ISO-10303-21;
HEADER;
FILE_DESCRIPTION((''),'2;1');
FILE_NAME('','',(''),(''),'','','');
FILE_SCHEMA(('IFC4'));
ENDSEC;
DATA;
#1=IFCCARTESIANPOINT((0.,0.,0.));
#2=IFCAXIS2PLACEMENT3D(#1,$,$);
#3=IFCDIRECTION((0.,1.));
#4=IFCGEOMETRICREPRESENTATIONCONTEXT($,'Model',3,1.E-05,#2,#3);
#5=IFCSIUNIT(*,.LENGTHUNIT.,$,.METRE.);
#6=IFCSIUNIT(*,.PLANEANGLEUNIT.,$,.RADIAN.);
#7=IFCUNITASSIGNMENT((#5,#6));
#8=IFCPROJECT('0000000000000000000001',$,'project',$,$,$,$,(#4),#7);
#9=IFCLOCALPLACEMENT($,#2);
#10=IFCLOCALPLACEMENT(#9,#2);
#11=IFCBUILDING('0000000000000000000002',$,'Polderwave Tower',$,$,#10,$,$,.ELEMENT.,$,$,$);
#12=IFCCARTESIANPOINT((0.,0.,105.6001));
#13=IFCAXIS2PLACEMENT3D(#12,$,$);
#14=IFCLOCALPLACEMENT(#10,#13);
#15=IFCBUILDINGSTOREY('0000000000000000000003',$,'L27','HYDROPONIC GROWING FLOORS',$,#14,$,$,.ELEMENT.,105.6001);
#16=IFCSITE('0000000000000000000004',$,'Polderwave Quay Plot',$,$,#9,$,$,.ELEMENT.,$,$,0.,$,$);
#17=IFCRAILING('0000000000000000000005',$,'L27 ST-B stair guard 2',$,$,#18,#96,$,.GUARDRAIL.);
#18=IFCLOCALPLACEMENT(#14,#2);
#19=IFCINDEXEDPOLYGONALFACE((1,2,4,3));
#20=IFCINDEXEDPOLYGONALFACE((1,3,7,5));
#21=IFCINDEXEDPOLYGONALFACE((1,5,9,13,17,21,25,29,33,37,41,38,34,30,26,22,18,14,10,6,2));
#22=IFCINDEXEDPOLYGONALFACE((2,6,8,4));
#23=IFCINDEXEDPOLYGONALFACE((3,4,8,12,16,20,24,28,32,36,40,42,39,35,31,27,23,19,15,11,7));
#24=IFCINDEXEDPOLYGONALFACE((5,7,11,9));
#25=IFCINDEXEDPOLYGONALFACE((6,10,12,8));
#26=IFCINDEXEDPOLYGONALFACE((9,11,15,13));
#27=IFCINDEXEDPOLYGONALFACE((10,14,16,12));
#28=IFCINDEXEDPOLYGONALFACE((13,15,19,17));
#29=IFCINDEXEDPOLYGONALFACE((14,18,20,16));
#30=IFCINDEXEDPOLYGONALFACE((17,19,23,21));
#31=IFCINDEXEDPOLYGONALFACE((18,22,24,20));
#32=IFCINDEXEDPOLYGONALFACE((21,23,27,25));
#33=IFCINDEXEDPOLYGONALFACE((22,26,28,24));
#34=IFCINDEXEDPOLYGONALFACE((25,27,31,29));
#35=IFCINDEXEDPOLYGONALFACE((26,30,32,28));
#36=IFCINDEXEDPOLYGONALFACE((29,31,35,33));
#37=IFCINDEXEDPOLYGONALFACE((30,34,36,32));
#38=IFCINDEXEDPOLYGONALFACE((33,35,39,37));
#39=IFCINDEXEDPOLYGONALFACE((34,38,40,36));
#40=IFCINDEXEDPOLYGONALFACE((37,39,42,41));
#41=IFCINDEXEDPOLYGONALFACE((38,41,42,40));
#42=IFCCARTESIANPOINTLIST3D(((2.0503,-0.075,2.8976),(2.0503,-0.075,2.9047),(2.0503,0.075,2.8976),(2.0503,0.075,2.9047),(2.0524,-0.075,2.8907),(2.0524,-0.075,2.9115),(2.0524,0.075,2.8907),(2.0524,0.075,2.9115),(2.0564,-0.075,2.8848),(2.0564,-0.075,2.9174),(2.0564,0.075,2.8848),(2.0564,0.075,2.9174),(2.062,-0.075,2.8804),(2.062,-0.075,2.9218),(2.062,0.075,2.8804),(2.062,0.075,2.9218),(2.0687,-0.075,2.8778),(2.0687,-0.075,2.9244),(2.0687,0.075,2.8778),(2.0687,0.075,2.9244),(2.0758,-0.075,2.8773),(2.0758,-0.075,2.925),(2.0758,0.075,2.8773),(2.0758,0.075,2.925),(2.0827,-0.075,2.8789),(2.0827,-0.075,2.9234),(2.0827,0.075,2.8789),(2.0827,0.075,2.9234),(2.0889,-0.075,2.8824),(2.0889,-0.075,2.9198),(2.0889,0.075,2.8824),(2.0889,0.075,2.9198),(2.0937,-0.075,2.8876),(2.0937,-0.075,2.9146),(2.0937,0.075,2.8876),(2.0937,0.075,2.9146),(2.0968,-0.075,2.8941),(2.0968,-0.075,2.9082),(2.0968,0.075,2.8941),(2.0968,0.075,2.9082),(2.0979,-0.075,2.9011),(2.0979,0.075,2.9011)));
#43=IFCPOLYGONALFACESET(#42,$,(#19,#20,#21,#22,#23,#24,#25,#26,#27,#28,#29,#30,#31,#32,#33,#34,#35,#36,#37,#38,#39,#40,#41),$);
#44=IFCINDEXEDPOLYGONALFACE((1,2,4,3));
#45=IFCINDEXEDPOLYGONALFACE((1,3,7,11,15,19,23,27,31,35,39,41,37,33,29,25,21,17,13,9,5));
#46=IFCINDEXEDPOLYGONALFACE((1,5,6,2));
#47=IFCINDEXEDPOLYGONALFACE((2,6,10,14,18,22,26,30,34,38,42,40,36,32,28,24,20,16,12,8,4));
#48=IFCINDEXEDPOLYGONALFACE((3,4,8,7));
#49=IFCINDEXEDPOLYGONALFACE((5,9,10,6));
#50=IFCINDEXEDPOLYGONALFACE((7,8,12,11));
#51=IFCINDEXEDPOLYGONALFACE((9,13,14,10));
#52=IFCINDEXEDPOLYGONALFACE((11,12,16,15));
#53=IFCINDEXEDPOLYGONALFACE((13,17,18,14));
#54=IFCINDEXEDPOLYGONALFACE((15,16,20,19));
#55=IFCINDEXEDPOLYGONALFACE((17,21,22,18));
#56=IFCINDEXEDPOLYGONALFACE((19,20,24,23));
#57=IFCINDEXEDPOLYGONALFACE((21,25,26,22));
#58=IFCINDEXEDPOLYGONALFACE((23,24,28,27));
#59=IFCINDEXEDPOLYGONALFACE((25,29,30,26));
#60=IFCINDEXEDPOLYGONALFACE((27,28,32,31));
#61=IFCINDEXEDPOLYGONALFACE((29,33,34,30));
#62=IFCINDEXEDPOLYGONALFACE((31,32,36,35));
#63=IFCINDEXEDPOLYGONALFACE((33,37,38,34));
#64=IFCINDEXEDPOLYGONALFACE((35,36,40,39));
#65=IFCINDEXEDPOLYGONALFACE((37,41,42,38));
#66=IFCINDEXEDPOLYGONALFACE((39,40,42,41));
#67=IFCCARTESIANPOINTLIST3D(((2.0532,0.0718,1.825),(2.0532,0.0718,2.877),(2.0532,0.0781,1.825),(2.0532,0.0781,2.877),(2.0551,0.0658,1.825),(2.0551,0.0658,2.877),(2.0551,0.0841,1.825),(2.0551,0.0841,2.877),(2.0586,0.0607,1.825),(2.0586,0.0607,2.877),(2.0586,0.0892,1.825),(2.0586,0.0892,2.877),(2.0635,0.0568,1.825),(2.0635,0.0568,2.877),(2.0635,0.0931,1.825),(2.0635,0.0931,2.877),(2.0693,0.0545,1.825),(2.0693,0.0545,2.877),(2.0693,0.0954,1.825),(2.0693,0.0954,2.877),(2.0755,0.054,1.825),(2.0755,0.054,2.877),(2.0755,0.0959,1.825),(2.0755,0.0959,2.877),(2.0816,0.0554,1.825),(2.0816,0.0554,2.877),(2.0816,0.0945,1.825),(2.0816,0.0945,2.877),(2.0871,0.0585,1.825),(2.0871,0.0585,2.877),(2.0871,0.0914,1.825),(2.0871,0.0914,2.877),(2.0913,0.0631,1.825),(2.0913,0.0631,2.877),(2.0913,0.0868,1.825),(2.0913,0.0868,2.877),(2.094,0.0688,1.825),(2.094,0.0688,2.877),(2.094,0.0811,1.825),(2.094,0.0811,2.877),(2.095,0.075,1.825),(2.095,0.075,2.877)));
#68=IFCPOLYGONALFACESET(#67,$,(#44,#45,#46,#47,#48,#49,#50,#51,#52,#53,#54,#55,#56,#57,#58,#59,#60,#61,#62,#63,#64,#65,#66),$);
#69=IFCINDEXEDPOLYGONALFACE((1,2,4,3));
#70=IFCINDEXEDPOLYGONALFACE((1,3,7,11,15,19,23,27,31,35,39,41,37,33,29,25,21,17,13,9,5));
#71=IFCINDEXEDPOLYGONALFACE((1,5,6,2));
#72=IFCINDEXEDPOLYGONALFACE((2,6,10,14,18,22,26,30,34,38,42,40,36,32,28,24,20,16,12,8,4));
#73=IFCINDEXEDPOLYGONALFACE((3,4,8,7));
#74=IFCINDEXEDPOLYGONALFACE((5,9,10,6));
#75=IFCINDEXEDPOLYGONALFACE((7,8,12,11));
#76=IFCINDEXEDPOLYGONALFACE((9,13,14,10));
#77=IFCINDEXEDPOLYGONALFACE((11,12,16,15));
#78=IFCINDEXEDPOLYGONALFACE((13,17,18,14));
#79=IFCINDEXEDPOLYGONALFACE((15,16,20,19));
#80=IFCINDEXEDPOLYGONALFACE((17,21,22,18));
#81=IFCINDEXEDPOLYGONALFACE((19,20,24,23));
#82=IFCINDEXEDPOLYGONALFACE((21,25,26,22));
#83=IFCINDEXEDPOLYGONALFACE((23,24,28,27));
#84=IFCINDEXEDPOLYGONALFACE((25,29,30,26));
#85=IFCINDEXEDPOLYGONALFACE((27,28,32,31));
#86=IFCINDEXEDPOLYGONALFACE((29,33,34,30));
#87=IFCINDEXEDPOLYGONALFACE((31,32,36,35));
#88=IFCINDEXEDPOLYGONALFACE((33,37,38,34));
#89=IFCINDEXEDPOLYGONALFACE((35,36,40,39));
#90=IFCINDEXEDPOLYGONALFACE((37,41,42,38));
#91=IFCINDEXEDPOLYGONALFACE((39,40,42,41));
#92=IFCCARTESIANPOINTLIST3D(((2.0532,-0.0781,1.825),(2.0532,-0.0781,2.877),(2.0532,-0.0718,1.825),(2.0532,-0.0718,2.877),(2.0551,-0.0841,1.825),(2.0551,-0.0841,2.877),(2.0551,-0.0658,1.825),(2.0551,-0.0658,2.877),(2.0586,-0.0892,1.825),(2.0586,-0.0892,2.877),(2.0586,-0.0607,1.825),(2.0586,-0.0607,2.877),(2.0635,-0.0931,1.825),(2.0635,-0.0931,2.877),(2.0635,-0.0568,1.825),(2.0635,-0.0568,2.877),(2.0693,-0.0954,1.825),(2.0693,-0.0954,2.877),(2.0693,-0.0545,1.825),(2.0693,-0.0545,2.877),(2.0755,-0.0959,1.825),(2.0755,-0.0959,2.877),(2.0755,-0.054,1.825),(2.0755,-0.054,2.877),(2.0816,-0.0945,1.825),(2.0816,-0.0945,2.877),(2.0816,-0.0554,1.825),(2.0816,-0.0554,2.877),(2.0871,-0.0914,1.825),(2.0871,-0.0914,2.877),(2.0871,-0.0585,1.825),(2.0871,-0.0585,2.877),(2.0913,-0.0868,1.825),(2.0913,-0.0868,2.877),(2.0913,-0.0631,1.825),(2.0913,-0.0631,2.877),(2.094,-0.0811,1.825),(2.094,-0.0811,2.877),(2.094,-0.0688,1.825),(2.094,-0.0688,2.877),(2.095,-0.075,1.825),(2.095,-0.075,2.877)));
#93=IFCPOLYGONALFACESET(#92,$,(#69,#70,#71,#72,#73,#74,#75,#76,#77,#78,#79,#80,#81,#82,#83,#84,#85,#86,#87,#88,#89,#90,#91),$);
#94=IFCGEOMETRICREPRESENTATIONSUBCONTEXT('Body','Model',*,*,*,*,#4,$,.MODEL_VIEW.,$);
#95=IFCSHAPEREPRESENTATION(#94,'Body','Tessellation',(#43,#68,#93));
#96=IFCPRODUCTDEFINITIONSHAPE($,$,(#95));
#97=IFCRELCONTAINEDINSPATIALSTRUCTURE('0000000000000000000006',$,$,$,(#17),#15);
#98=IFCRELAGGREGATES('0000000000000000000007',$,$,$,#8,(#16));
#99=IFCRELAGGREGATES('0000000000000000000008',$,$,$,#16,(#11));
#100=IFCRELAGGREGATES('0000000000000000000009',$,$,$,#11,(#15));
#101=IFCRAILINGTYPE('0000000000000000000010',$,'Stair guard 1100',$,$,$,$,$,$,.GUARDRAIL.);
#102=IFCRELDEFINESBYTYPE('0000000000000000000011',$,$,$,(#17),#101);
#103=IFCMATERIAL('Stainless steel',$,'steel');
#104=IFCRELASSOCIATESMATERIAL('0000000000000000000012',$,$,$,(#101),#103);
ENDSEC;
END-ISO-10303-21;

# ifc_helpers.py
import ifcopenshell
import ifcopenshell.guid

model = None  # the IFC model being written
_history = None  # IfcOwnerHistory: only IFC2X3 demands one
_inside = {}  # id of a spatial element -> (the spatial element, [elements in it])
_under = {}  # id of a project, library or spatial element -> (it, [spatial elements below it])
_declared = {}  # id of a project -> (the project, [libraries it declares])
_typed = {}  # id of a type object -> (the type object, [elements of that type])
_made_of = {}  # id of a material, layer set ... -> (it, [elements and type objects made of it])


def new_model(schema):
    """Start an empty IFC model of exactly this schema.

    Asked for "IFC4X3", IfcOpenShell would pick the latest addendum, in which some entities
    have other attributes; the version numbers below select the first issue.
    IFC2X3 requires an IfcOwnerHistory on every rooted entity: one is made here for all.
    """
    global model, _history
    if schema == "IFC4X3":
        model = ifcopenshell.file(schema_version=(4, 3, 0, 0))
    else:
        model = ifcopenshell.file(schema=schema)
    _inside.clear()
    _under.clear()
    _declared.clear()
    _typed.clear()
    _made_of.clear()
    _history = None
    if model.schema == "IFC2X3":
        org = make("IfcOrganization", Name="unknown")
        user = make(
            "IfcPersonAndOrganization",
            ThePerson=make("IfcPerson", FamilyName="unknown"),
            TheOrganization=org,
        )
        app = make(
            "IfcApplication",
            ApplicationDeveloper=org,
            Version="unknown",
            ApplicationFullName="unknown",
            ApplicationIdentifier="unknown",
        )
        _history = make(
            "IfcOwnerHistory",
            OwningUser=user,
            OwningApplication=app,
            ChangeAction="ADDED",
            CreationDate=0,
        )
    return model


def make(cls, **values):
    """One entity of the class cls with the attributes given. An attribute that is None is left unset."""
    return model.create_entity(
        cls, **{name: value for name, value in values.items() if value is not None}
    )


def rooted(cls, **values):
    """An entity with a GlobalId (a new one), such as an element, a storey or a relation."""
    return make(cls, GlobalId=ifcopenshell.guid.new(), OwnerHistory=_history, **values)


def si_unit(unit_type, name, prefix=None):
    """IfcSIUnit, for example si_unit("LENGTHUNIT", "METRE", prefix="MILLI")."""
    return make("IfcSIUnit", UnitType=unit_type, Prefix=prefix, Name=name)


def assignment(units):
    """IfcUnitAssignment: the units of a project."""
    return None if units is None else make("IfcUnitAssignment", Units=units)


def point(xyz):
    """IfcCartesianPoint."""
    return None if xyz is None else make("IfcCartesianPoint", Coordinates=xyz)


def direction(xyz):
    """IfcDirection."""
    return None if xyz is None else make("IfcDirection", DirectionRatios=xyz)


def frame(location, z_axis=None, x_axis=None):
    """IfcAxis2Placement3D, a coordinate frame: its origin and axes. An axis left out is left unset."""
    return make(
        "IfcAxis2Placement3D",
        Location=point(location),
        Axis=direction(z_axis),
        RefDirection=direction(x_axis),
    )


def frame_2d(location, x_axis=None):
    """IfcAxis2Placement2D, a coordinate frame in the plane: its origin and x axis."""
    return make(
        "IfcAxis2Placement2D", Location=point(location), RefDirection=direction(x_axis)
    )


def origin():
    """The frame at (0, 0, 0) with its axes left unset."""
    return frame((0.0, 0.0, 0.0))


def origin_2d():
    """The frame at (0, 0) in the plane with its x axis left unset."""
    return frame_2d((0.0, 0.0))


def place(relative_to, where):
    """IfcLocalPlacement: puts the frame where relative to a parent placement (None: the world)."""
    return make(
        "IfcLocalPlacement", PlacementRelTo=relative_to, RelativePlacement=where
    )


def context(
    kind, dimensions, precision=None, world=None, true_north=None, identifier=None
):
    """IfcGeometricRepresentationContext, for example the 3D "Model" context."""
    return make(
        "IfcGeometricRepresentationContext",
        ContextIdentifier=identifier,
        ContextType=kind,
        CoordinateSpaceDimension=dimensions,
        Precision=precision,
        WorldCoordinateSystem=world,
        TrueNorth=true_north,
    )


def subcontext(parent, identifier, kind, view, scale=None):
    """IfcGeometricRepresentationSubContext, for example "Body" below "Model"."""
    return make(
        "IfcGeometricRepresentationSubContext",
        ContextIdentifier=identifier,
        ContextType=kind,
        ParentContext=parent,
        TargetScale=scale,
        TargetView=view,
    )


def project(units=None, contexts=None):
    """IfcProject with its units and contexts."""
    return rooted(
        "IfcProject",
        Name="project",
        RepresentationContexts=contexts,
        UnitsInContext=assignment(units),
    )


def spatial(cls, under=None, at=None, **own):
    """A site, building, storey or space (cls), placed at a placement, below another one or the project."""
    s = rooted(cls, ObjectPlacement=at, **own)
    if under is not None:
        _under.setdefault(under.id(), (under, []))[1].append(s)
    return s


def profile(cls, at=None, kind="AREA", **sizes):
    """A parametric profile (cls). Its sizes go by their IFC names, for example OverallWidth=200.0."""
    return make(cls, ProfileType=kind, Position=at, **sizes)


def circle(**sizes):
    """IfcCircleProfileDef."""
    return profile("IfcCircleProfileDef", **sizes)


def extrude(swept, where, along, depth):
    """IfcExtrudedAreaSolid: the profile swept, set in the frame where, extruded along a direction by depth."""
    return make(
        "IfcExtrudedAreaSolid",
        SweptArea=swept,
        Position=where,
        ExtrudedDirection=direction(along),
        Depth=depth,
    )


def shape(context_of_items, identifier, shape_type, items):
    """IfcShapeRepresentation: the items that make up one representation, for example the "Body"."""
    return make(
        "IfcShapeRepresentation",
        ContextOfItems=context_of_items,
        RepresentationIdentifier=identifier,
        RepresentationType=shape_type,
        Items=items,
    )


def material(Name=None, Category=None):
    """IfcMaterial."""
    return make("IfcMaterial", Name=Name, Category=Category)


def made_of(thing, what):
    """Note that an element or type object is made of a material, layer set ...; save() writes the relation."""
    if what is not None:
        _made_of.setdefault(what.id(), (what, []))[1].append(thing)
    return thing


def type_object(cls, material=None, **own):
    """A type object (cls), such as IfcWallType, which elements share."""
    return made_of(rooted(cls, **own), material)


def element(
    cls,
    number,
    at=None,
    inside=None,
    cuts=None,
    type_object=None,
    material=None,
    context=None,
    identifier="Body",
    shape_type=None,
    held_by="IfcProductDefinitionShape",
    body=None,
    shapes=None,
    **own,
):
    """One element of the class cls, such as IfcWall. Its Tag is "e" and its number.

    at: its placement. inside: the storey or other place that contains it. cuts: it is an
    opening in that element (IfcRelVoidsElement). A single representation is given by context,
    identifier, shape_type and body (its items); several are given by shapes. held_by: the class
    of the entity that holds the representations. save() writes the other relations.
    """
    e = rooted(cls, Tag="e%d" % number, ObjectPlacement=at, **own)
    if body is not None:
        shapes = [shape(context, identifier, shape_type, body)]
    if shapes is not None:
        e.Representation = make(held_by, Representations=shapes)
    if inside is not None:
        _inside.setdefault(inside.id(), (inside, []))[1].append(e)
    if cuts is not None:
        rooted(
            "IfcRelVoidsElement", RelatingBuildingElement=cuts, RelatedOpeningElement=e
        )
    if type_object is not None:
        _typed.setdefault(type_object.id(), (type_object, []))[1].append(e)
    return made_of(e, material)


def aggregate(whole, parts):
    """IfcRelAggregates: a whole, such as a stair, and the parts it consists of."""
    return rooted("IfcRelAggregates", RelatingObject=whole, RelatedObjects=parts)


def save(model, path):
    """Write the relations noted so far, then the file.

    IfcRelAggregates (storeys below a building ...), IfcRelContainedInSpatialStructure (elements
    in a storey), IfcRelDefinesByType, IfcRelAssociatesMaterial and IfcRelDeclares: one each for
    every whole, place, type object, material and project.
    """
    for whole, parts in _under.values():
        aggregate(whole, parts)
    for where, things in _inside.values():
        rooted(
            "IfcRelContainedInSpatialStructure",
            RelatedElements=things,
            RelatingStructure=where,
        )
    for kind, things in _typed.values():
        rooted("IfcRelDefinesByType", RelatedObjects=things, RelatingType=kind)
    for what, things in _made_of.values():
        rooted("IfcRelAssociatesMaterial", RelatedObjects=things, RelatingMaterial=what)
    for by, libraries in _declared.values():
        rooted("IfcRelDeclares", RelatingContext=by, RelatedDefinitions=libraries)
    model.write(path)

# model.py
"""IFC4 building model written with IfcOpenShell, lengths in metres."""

from ifc_helpers import new_model, si_unit, direction, frame, origin, origin_2d, place, context, subcontext, project, spatial, circle, extrude, material, type_object, element, save


model = new_model("IFC4")

# Units and contexts
model_context = context("Model", 3, precision=1e-05, world=origin(), true_north=direction((0.0, 1.0)))
body_context = subcontext(model_context, "Body", "Model", "MODEL_VIEW")
ifc_project = project(units=[si_unit("LENGTHUNIT", "METRE"), si_unit("PLANEANGLEUNIT", "RADIAN")], contexts=[model_context])

# Site, building, storey
site_placement = place(None, origin())
site = spatial("IfcSite", under=ifc_project, at=site_placement, Name="Polderwave Quay Plot", CompositionType="ELEMENT", RefElevation=0.0)
building_placement = place(site_placement, origin())
building = spatial("IfcBuilding", under=site, at=building_placement, Name="Polderwave Tower", CompositionType="ELEMENT")
storey_placement = place(building_placement, frame((0.0, 0.0, 105.6001)))
storey = spatial("IfcBuildingStorey", under=building, at=storey_placement, Name="L27", Description="HYDROPONIC GROWING FLOORS", CompositionType="ELEMENT", Elevation=105.6001)

# Railing
ifc_material_1 = material(Name="Stainless steel", Category="steel")
railing_type_1 = type_object("IfcRailingType", Name="Stair guard 1100", PredefinedType="GUARDRAIL", material=ifc_material_1)
railing_1_placement = place(storey_placement, frame((2.074, 0.075, 1.825)))
element("IfcRailing", 1, at=railing_1_placement, inside=storey, type_object=railing_type_1, Name="L27 ST-B stair guard 2", PredefinedType="GUARDRAIL", context=body_context, shape_type="SweptSolid", body=[
    extrude(circle(Radius=0.0239, at=origin_2d()), frame((0.0, 0.0, 1.0762), z_axis=(0.0, -1.0, 0.0), x_axis=(1.0, 0.0, 0.0)), (0.0, 0.0, 1.0), 0.1499),
    extrude(circle(Radius=0.021, at=origin_2d()), origin(), (0.0, 0.0, 1.0), 1.052),
    extrude(circle(Radius=0.021, at=origin_2d()), frame((0.0, -0.1499, 0.0)), (0.0, 0.0, 1.0), 1.052),
])

save(model, "model.ifc")
